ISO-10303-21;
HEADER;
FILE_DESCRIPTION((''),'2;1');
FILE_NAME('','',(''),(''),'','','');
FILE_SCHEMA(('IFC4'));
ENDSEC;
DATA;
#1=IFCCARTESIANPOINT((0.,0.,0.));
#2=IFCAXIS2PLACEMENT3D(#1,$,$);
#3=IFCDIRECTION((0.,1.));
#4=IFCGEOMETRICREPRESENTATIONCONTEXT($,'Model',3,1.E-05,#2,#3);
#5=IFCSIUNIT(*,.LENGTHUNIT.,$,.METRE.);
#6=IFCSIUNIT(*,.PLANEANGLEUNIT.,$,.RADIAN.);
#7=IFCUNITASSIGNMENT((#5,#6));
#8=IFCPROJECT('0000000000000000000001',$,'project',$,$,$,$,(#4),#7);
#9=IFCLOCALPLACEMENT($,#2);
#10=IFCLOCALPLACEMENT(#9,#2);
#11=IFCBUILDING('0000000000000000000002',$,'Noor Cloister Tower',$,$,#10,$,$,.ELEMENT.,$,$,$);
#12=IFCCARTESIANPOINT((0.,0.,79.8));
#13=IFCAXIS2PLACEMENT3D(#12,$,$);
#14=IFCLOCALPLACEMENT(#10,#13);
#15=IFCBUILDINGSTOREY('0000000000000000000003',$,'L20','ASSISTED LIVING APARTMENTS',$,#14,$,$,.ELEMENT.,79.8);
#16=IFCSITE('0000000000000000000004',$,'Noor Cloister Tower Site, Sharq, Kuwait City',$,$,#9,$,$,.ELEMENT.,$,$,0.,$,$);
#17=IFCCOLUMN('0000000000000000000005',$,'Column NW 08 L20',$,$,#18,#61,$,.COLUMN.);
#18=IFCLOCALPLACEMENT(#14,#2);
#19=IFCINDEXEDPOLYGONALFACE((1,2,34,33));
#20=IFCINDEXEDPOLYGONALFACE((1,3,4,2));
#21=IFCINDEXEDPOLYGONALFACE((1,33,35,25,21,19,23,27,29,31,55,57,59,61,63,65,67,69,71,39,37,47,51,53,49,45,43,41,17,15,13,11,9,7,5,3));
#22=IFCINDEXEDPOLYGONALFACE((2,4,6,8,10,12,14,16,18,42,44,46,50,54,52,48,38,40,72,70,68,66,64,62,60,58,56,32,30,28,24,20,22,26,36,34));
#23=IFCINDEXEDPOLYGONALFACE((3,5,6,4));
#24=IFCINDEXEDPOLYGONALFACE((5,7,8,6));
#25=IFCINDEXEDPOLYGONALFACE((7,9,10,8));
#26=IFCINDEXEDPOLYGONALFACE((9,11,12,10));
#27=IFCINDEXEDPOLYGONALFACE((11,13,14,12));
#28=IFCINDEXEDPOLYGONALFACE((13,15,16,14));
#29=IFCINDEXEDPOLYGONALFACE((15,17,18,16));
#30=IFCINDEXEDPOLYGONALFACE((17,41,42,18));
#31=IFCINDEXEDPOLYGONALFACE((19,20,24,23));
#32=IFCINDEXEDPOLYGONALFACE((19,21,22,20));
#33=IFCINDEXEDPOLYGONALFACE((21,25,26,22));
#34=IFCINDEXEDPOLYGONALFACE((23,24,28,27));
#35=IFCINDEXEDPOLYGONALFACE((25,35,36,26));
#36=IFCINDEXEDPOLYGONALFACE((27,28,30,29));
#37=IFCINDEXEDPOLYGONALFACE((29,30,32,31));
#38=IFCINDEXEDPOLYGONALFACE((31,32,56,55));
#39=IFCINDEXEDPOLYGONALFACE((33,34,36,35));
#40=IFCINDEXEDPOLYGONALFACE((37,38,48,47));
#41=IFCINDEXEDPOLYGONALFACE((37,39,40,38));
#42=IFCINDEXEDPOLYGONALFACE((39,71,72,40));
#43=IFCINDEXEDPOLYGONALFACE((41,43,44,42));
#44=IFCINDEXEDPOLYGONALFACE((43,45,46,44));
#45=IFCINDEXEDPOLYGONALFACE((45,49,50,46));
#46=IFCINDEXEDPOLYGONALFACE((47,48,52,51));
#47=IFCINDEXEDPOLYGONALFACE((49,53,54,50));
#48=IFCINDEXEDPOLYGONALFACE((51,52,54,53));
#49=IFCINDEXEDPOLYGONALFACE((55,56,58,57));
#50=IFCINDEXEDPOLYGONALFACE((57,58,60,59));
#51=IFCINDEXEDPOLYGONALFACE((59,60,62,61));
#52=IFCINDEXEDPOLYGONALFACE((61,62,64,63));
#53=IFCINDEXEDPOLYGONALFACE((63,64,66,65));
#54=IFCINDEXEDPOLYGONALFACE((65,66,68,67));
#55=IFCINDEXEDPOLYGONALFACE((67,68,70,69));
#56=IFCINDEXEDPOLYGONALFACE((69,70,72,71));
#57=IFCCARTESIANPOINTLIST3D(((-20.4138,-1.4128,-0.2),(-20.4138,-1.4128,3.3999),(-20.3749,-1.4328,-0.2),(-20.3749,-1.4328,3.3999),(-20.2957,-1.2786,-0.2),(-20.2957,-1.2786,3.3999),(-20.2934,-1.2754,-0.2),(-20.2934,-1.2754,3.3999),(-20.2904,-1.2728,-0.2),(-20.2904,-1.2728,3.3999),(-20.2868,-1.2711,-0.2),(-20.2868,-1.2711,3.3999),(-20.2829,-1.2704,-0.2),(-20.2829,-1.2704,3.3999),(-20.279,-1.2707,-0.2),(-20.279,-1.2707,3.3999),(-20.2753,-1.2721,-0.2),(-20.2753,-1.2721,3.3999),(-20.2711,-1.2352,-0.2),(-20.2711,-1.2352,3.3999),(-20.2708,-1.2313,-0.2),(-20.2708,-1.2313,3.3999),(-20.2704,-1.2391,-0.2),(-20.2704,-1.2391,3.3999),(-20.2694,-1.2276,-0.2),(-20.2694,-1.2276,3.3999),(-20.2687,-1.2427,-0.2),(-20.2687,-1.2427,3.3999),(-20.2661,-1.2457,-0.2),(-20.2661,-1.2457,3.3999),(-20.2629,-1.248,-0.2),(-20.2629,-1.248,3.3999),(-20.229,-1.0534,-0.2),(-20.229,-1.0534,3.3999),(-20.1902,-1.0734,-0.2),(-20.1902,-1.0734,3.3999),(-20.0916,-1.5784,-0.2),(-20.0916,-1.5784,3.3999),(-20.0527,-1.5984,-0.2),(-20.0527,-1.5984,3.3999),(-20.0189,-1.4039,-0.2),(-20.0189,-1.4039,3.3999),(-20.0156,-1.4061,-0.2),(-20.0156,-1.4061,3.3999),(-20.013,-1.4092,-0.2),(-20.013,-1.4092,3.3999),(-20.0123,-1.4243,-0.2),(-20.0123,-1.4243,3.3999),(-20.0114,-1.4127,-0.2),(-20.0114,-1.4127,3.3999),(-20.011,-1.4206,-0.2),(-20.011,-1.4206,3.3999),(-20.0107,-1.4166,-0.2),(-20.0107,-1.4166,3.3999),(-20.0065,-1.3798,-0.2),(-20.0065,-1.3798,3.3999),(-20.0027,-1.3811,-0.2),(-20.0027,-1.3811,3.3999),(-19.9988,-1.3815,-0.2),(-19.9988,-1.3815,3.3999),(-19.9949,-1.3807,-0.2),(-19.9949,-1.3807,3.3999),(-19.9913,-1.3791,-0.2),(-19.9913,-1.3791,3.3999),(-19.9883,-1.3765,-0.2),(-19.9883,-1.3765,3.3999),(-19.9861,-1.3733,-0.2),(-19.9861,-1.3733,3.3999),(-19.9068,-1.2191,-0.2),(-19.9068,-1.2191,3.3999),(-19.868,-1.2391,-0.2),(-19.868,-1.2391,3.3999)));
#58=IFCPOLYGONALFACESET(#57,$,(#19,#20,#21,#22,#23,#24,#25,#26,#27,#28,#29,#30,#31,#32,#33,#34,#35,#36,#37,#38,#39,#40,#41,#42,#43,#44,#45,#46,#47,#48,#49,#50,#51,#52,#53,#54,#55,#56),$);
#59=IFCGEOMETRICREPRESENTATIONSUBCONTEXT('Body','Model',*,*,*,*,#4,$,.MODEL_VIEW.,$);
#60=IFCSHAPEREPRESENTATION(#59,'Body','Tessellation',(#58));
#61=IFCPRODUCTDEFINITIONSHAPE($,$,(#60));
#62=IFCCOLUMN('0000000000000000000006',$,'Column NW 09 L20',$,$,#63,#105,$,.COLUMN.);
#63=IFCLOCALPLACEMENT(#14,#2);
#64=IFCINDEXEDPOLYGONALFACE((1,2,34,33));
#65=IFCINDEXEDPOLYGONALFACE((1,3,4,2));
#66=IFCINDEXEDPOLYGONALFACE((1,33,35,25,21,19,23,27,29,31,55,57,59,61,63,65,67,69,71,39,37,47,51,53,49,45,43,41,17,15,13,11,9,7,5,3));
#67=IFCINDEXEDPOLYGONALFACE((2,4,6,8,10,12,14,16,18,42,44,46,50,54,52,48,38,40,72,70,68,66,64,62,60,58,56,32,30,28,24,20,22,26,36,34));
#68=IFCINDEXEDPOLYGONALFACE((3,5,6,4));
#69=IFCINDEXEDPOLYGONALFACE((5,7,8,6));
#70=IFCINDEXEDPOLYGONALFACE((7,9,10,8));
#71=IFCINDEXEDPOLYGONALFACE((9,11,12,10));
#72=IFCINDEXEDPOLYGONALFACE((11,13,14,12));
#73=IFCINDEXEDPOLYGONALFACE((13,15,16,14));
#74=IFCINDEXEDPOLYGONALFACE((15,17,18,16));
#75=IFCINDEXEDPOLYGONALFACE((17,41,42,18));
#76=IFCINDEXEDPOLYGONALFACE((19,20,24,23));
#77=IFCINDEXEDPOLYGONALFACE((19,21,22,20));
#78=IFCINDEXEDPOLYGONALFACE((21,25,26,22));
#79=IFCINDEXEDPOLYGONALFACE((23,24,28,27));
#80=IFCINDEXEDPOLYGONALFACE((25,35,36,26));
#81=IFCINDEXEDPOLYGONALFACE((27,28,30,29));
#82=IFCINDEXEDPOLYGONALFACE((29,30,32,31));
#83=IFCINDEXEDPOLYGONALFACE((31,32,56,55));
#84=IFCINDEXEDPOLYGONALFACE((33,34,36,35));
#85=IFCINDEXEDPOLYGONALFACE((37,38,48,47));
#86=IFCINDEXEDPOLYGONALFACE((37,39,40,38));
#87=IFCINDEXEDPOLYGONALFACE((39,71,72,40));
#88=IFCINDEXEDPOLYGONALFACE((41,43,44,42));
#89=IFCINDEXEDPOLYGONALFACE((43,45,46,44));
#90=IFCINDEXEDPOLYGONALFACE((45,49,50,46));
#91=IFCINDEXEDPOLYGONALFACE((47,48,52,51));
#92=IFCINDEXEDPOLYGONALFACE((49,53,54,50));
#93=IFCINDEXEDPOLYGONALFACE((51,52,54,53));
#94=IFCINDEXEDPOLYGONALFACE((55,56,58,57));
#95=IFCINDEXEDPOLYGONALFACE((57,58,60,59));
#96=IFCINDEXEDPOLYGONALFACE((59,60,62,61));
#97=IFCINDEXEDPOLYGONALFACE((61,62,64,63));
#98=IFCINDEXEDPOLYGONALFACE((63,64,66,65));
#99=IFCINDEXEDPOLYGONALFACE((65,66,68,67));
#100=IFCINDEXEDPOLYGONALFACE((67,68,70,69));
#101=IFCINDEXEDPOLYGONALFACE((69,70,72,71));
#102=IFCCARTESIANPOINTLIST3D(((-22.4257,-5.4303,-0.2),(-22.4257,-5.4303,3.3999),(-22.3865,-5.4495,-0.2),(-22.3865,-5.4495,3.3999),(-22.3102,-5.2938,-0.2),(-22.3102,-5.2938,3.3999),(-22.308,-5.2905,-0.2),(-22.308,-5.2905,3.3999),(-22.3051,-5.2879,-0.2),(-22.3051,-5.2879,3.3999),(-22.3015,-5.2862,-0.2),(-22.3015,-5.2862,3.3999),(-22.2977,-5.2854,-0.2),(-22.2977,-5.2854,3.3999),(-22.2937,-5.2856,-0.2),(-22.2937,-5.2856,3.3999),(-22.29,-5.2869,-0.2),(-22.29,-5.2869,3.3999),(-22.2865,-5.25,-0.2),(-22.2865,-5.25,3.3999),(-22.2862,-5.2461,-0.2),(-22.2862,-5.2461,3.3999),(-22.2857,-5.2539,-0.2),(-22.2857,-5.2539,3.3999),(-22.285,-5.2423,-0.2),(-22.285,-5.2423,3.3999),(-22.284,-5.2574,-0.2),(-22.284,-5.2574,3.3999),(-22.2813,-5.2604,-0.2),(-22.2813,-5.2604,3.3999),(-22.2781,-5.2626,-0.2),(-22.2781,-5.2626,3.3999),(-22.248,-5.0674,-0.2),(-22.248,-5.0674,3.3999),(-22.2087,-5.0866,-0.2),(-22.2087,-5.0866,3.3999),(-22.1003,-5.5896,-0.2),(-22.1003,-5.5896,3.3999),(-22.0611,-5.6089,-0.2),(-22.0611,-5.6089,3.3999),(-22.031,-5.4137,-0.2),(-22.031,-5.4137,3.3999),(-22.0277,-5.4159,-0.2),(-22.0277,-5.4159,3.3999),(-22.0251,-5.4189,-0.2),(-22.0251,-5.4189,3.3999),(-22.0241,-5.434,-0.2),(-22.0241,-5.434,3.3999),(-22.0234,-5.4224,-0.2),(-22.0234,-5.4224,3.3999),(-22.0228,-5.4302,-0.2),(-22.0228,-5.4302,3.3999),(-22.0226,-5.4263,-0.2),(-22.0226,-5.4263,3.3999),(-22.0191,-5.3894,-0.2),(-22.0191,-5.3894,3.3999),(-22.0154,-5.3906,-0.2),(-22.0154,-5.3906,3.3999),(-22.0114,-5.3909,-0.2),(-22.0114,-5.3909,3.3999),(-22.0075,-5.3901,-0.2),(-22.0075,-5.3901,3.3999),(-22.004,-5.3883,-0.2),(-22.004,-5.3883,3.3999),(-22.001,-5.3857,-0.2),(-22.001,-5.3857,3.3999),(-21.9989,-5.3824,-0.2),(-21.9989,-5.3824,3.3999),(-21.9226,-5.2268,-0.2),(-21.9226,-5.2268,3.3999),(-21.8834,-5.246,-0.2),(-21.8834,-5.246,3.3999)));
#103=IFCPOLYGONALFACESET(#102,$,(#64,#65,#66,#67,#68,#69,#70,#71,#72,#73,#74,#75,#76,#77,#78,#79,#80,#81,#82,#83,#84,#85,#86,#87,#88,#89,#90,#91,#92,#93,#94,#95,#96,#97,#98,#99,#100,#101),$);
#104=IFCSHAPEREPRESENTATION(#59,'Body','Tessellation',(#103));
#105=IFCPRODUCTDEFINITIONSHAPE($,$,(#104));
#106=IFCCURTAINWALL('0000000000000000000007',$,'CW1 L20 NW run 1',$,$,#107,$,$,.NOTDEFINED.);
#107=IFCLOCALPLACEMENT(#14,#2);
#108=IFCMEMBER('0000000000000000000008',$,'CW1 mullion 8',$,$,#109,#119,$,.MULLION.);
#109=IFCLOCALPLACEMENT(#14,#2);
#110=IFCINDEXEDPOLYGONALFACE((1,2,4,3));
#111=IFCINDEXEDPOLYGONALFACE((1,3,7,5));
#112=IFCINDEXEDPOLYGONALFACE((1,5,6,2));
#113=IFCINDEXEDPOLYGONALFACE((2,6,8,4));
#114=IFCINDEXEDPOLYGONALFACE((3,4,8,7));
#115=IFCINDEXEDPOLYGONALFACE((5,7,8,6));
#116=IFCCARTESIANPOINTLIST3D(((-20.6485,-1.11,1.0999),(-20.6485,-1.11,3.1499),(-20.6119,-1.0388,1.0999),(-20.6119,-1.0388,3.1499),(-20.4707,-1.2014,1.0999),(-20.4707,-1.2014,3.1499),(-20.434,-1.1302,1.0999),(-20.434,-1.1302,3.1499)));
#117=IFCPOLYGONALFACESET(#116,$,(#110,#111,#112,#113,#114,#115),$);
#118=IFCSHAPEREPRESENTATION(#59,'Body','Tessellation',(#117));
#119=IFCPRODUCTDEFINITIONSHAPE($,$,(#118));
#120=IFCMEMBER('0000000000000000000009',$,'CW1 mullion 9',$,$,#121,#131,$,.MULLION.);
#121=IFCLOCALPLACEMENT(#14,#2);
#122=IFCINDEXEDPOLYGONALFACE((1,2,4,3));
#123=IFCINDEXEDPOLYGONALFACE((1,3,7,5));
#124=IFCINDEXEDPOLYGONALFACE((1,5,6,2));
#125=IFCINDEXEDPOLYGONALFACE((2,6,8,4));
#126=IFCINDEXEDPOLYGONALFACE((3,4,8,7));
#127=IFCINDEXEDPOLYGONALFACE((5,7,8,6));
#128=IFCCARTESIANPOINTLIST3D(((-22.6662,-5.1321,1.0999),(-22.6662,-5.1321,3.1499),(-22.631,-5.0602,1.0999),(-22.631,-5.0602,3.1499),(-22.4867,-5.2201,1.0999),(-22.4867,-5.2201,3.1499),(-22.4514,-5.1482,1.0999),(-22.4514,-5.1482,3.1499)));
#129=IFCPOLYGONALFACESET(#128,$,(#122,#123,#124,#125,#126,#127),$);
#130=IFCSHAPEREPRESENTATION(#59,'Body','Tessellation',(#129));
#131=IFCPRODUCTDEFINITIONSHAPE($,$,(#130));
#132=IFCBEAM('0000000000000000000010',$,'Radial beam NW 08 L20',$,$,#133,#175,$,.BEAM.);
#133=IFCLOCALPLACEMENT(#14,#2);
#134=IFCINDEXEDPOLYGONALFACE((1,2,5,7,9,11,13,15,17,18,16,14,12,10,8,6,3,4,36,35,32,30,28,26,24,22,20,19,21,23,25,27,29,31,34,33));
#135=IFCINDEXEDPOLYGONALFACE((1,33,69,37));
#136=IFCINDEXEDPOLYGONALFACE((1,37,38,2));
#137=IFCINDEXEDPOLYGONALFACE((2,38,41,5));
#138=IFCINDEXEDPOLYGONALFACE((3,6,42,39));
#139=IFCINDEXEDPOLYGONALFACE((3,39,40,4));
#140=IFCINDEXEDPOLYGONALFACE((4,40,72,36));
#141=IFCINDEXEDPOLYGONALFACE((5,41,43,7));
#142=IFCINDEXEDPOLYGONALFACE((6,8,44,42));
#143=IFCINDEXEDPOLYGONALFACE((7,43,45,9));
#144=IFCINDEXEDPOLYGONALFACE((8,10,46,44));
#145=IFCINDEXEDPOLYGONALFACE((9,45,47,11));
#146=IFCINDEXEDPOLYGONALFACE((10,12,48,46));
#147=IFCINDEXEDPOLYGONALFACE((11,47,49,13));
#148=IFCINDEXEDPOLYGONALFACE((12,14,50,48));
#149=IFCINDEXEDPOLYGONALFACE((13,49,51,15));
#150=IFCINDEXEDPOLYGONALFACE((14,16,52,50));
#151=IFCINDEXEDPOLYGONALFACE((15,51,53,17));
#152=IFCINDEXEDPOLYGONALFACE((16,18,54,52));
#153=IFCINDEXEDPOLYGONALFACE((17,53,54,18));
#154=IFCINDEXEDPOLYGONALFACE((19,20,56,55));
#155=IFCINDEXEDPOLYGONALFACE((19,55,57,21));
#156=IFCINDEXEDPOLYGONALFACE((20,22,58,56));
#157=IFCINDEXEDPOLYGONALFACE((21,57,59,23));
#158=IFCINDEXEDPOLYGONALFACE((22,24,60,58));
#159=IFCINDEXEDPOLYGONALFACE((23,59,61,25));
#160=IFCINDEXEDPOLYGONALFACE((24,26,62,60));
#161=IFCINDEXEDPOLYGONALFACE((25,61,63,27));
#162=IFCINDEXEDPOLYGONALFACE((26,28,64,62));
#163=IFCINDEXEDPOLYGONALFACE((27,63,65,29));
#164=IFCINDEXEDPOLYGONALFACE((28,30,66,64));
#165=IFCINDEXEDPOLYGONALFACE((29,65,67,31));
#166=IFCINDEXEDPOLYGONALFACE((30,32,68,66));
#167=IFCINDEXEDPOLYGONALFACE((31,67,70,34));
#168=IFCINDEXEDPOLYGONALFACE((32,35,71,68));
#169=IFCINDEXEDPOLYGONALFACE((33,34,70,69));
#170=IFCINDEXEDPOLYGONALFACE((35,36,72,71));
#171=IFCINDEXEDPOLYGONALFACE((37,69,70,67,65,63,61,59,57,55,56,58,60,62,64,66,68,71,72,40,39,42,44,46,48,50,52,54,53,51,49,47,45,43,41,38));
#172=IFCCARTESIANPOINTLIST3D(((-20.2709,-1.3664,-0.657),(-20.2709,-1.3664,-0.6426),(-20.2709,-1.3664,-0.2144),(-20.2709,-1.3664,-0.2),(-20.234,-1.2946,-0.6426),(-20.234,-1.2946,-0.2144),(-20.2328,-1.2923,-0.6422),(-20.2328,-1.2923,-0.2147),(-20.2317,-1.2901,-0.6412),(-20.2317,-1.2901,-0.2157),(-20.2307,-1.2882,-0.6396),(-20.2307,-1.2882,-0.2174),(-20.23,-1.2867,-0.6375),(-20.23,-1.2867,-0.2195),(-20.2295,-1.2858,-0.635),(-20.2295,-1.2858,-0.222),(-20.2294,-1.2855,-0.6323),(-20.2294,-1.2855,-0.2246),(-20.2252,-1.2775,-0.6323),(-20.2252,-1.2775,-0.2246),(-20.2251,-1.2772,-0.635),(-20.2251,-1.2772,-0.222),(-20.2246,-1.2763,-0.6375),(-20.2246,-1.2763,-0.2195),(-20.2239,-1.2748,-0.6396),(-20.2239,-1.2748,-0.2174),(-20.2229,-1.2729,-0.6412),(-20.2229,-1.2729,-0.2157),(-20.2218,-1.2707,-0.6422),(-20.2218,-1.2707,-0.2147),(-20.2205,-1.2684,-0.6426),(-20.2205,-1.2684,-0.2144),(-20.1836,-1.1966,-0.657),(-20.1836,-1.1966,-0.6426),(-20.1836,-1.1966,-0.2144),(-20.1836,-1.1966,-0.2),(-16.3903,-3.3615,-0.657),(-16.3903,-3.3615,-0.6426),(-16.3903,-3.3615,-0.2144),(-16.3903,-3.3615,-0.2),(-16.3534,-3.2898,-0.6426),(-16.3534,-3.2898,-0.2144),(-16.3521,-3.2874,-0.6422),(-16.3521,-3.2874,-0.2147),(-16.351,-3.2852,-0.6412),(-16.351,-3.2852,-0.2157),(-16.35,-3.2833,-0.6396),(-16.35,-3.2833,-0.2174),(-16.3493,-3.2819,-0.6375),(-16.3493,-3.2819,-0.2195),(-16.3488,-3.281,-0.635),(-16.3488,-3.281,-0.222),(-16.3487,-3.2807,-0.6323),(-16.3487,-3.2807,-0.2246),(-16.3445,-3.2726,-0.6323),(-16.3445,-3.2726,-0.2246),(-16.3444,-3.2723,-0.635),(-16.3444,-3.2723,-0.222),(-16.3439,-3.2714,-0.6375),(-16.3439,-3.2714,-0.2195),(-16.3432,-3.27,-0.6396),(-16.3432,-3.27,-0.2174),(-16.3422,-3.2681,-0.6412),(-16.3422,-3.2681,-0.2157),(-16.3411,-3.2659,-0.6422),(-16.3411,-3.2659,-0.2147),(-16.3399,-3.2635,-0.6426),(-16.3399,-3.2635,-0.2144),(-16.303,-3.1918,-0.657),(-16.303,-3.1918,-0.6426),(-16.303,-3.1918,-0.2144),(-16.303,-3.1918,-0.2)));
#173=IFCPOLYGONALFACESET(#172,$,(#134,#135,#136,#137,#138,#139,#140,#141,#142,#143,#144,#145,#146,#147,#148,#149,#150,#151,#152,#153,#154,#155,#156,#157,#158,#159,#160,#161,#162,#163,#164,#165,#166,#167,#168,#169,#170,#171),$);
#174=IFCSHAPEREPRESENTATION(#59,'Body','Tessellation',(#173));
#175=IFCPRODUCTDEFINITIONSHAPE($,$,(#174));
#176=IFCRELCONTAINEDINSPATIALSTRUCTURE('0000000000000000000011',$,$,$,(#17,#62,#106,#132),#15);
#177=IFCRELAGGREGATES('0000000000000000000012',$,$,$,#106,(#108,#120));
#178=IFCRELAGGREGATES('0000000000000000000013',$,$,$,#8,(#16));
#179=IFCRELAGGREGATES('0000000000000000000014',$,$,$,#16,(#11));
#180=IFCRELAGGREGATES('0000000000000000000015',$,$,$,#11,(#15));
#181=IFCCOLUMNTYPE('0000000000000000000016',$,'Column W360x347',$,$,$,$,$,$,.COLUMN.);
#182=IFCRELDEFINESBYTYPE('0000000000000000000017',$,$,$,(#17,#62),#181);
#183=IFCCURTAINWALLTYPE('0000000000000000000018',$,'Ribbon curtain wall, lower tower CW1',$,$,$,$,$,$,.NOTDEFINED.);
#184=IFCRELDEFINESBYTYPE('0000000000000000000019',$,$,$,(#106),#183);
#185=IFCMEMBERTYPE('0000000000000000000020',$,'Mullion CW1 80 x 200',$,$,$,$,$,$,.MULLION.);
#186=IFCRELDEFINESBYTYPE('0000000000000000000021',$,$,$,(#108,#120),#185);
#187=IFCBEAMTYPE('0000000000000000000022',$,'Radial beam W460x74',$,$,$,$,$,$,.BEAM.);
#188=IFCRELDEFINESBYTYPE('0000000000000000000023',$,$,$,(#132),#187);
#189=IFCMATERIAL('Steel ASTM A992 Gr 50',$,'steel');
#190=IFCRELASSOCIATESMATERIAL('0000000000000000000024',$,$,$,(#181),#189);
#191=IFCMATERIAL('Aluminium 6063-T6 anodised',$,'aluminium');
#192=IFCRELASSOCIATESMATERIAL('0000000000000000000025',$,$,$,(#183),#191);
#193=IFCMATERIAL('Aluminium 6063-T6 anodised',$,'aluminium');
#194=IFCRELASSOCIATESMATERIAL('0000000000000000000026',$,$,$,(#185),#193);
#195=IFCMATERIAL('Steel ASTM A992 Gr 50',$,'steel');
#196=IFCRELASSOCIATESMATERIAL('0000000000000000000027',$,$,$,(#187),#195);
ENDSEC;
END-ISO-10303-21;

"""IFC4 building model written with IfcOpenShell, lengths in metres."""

from ifc_helpers import new_model, si_unit, direction, frame, origin, origin_2d, place, context, subcontext, project, spatial, rectangle, i_section, extrude, material, material_profile, profile_set, type_object, element, aggregate, save


model = new_model("IFC4")

# Units and contexts
model_context = context("Model", 3, precision=1e-05, world=origin(), true_north=direction((0.0, 1.0)))
body_context = subcontext(model_context, "Body", "Model", "MODEL_VIEW")
ifc_project = project(units=[si_unit("LENGTHUNIT", "METRE"), si_unit("PLANEANGLEUNIT", "RADIAN")], contexts=[model_context])

# Site, building, storey
site_placement = place(None, origin())
site = spatial("IfcSite", under=ifc_project, at=site_placement, Name="Noor Cloister Tower Site, Sharq, Kuwait City", CompositionType="ELEMENT", RefElevation=0.0)
building_placement = place(site_placement, origin())
building = spatial("IfcBuilding", under=site, at=building_placement, Name="Noor Cloister Tower", CompositionType="ELEMENT")
storey_placement = place(building_placement, frame((0.0, 0.0, 79.8)))
storey = spatial("IfcBuildingStorey", under=building, at=storey_placement, Name="L20", Description="ASSISTED LIVING APARTMENTS", CompositionType="ELEMENT", Elevation=79.8)

# Columns
ifc_material_1 = material(Name="Steel ASTM A992 Gr 50", Category="steel")
ifc_material_profile_1 = material_profile(ifc_material_1, i_section(OverallWidth=0.4041, OverallDepth=0.406, WebThickness=0.0271, FlangeThickness=0.0437, FilletRadius=0.0151, at=origin_2d()), Name="W360x347")
ifc_profile_set_1 = profile_set([ifc_material_profile_1], Name="Steel ASTM A992 Gr 50")
column_type = type_object("IfcColumnType", Name="Column W360x347", PredefinedType="COLUMN", material=ifc_profile_set_1)
for number, where, z_axis, x_axis, name in (
    (1, (-20.1409, -1.3259, -0.2), (0.0, 0.0, 1.0), (-0.457248, -0.889339, 0.0), "Column NW 08 L20"),
    (2, (-22.1545, -5.3381, -0.2), (0.0, 0.0, 1.0), (-0.439838, -0.898077, 0.0), "Column NW 09 L20"),
):
    element("IfcColumn", number, at=place(storey_placement, frame(where, z_axis=z_axis, x_axis=x_axis)), inside=storey, type_object=column_type, Name=name, PredefinedType="COLUMN", context=body_context, shape_type="SweptSolid", body=[
        extrude(i_section(OverallWidth=0.4041, OverallDepth=0.406, WebThickness=0.0271, FlangeThickness=0.0437, FilletRadius=0.0151, at=origin_2d()), origin(), (0.0, 0.0, 1.0), 3.5999),
    ])

# Curtain wall, members
ifc_material_2 = material(Name="Aluminium 6063-T6 anodised", Category="aluminium")
curtain_wall_type = type_object("IfcCurtainWallType", Name="Ribbon curtain wall, lower tower CW1", PredefinedType="NOTDEFINED", material=ifc_material_2)
curtain_wall_placement = place(storey_placement, origin())
curtain_wall = element("IfcCurtainWall", 3, at=curtain_wall_placement, inside=storey, type_object=curtain_wall_type, Name="CW1 L20 NW run 1", PredefinedType="NOTDEFINED")
ifc_material_3 = material(Name="Aluminium 6063-T6 anodised", Category="aluminium")
ifc_material_profile_2 = material_profile(ifc_material_3, rectangle(XDim=0.2, YDim=0.0801, at=origin_2d()), Name="200 x 80 mullion")
ifc_profile_set_2 = profile_set([ifc_material_profile_2], Name="Aluminium 6063-T6 anodised")
member_type = type_object("IfcMemberType", Name="Mullion CW1 80 x 200", PredefinedType="MULLION", material=ifc_profile_set_2)
member_1_placement = place(storey_placement, frame((-20.5413, -1.1201, 1.0999), z_axis=(0.0, 0.0, 1.0), x_axis=(0.889339, -0.457248, 0.0)))
member_1 = element("IfcMember", 4, at=member_1_placement, type_object=member_type, Name="CW1 mullion 8", PredefinedType="MULLION", context=body_context, shape_type="SweptSolid", body=[
    extrude(rectangle(XDim=0.2, YDim=0.0801, at=origin_2d()), origin(), (0.0, 0.0, 1.0), 2.05),
])
member_2_placement = place(storey_placement, frame((-22.5588, -5.1401, 1.0999), z_axis=(0.0, 0.0, 1.0), x_axis=(0.898077, -0.439838, 0.0)))
member_2 = element("IfcMember", 5, at=member_2_placement, type_object=member_type, Name="CW1 mullion 9", PredefinedType="MULLION", context=body_context, shape_type="SweptSolid", body=[
    extrude(rectangle(XDim=0.2, YDim=0.0801, at=origin_2d()), origin(), (0.0, 0.0, 1.0), 2.05),
])

# Beam
ifc_material_4 = material(Name="Steel ASTM A992 Gr 50", Category="steel")
ifc_material_profile_3 = material_profile(ifc_material_4, i_section(OverallWidth=0.1909, OverallDepth=0.457, WebThickness=0.009, FlangeThickness=0.0144, FilletRadius=0.0103, at=origin_2d()), Name="W460x74")
ifc_profile_set_3 = profile_set([ifc_material_profile_3], Name="Steel ASTM A992 Gr 50")
beam_type_1 = type_object("IfcBeamType", Name="Radial beam W460x74", PredefinedType="BEAM", material=ifc_profile_set_3)
beam_1_placement = place(storey_placement, frame((-20.2273, -1.2815, -0.4285), z_axis=(0.889346, -0.457234, 0.0), x_axis=(0.457234, 0.889346, 0.0)))
element("IfcBeam", 6, at=beam_1_placement, inside=storey, type_object=beam_type_1, Name="Radial beam NW 08 L20", PredefinedType="BEAM", context=body_context, shape_type="SweptSolid", body=[
    extrude(i_section(OverallWidth=0.1909, OverallDepth=0.457, WebThickness=0.009, FlangeThickness=0.0144, FilletRadius=0.0103, at=origin_2d()), origin(), (0.0, 0.0, 1.0), 4.3635),
])

aggregate(curtain_wall, [member_1, member_2])

save(model, "model.ifc")
